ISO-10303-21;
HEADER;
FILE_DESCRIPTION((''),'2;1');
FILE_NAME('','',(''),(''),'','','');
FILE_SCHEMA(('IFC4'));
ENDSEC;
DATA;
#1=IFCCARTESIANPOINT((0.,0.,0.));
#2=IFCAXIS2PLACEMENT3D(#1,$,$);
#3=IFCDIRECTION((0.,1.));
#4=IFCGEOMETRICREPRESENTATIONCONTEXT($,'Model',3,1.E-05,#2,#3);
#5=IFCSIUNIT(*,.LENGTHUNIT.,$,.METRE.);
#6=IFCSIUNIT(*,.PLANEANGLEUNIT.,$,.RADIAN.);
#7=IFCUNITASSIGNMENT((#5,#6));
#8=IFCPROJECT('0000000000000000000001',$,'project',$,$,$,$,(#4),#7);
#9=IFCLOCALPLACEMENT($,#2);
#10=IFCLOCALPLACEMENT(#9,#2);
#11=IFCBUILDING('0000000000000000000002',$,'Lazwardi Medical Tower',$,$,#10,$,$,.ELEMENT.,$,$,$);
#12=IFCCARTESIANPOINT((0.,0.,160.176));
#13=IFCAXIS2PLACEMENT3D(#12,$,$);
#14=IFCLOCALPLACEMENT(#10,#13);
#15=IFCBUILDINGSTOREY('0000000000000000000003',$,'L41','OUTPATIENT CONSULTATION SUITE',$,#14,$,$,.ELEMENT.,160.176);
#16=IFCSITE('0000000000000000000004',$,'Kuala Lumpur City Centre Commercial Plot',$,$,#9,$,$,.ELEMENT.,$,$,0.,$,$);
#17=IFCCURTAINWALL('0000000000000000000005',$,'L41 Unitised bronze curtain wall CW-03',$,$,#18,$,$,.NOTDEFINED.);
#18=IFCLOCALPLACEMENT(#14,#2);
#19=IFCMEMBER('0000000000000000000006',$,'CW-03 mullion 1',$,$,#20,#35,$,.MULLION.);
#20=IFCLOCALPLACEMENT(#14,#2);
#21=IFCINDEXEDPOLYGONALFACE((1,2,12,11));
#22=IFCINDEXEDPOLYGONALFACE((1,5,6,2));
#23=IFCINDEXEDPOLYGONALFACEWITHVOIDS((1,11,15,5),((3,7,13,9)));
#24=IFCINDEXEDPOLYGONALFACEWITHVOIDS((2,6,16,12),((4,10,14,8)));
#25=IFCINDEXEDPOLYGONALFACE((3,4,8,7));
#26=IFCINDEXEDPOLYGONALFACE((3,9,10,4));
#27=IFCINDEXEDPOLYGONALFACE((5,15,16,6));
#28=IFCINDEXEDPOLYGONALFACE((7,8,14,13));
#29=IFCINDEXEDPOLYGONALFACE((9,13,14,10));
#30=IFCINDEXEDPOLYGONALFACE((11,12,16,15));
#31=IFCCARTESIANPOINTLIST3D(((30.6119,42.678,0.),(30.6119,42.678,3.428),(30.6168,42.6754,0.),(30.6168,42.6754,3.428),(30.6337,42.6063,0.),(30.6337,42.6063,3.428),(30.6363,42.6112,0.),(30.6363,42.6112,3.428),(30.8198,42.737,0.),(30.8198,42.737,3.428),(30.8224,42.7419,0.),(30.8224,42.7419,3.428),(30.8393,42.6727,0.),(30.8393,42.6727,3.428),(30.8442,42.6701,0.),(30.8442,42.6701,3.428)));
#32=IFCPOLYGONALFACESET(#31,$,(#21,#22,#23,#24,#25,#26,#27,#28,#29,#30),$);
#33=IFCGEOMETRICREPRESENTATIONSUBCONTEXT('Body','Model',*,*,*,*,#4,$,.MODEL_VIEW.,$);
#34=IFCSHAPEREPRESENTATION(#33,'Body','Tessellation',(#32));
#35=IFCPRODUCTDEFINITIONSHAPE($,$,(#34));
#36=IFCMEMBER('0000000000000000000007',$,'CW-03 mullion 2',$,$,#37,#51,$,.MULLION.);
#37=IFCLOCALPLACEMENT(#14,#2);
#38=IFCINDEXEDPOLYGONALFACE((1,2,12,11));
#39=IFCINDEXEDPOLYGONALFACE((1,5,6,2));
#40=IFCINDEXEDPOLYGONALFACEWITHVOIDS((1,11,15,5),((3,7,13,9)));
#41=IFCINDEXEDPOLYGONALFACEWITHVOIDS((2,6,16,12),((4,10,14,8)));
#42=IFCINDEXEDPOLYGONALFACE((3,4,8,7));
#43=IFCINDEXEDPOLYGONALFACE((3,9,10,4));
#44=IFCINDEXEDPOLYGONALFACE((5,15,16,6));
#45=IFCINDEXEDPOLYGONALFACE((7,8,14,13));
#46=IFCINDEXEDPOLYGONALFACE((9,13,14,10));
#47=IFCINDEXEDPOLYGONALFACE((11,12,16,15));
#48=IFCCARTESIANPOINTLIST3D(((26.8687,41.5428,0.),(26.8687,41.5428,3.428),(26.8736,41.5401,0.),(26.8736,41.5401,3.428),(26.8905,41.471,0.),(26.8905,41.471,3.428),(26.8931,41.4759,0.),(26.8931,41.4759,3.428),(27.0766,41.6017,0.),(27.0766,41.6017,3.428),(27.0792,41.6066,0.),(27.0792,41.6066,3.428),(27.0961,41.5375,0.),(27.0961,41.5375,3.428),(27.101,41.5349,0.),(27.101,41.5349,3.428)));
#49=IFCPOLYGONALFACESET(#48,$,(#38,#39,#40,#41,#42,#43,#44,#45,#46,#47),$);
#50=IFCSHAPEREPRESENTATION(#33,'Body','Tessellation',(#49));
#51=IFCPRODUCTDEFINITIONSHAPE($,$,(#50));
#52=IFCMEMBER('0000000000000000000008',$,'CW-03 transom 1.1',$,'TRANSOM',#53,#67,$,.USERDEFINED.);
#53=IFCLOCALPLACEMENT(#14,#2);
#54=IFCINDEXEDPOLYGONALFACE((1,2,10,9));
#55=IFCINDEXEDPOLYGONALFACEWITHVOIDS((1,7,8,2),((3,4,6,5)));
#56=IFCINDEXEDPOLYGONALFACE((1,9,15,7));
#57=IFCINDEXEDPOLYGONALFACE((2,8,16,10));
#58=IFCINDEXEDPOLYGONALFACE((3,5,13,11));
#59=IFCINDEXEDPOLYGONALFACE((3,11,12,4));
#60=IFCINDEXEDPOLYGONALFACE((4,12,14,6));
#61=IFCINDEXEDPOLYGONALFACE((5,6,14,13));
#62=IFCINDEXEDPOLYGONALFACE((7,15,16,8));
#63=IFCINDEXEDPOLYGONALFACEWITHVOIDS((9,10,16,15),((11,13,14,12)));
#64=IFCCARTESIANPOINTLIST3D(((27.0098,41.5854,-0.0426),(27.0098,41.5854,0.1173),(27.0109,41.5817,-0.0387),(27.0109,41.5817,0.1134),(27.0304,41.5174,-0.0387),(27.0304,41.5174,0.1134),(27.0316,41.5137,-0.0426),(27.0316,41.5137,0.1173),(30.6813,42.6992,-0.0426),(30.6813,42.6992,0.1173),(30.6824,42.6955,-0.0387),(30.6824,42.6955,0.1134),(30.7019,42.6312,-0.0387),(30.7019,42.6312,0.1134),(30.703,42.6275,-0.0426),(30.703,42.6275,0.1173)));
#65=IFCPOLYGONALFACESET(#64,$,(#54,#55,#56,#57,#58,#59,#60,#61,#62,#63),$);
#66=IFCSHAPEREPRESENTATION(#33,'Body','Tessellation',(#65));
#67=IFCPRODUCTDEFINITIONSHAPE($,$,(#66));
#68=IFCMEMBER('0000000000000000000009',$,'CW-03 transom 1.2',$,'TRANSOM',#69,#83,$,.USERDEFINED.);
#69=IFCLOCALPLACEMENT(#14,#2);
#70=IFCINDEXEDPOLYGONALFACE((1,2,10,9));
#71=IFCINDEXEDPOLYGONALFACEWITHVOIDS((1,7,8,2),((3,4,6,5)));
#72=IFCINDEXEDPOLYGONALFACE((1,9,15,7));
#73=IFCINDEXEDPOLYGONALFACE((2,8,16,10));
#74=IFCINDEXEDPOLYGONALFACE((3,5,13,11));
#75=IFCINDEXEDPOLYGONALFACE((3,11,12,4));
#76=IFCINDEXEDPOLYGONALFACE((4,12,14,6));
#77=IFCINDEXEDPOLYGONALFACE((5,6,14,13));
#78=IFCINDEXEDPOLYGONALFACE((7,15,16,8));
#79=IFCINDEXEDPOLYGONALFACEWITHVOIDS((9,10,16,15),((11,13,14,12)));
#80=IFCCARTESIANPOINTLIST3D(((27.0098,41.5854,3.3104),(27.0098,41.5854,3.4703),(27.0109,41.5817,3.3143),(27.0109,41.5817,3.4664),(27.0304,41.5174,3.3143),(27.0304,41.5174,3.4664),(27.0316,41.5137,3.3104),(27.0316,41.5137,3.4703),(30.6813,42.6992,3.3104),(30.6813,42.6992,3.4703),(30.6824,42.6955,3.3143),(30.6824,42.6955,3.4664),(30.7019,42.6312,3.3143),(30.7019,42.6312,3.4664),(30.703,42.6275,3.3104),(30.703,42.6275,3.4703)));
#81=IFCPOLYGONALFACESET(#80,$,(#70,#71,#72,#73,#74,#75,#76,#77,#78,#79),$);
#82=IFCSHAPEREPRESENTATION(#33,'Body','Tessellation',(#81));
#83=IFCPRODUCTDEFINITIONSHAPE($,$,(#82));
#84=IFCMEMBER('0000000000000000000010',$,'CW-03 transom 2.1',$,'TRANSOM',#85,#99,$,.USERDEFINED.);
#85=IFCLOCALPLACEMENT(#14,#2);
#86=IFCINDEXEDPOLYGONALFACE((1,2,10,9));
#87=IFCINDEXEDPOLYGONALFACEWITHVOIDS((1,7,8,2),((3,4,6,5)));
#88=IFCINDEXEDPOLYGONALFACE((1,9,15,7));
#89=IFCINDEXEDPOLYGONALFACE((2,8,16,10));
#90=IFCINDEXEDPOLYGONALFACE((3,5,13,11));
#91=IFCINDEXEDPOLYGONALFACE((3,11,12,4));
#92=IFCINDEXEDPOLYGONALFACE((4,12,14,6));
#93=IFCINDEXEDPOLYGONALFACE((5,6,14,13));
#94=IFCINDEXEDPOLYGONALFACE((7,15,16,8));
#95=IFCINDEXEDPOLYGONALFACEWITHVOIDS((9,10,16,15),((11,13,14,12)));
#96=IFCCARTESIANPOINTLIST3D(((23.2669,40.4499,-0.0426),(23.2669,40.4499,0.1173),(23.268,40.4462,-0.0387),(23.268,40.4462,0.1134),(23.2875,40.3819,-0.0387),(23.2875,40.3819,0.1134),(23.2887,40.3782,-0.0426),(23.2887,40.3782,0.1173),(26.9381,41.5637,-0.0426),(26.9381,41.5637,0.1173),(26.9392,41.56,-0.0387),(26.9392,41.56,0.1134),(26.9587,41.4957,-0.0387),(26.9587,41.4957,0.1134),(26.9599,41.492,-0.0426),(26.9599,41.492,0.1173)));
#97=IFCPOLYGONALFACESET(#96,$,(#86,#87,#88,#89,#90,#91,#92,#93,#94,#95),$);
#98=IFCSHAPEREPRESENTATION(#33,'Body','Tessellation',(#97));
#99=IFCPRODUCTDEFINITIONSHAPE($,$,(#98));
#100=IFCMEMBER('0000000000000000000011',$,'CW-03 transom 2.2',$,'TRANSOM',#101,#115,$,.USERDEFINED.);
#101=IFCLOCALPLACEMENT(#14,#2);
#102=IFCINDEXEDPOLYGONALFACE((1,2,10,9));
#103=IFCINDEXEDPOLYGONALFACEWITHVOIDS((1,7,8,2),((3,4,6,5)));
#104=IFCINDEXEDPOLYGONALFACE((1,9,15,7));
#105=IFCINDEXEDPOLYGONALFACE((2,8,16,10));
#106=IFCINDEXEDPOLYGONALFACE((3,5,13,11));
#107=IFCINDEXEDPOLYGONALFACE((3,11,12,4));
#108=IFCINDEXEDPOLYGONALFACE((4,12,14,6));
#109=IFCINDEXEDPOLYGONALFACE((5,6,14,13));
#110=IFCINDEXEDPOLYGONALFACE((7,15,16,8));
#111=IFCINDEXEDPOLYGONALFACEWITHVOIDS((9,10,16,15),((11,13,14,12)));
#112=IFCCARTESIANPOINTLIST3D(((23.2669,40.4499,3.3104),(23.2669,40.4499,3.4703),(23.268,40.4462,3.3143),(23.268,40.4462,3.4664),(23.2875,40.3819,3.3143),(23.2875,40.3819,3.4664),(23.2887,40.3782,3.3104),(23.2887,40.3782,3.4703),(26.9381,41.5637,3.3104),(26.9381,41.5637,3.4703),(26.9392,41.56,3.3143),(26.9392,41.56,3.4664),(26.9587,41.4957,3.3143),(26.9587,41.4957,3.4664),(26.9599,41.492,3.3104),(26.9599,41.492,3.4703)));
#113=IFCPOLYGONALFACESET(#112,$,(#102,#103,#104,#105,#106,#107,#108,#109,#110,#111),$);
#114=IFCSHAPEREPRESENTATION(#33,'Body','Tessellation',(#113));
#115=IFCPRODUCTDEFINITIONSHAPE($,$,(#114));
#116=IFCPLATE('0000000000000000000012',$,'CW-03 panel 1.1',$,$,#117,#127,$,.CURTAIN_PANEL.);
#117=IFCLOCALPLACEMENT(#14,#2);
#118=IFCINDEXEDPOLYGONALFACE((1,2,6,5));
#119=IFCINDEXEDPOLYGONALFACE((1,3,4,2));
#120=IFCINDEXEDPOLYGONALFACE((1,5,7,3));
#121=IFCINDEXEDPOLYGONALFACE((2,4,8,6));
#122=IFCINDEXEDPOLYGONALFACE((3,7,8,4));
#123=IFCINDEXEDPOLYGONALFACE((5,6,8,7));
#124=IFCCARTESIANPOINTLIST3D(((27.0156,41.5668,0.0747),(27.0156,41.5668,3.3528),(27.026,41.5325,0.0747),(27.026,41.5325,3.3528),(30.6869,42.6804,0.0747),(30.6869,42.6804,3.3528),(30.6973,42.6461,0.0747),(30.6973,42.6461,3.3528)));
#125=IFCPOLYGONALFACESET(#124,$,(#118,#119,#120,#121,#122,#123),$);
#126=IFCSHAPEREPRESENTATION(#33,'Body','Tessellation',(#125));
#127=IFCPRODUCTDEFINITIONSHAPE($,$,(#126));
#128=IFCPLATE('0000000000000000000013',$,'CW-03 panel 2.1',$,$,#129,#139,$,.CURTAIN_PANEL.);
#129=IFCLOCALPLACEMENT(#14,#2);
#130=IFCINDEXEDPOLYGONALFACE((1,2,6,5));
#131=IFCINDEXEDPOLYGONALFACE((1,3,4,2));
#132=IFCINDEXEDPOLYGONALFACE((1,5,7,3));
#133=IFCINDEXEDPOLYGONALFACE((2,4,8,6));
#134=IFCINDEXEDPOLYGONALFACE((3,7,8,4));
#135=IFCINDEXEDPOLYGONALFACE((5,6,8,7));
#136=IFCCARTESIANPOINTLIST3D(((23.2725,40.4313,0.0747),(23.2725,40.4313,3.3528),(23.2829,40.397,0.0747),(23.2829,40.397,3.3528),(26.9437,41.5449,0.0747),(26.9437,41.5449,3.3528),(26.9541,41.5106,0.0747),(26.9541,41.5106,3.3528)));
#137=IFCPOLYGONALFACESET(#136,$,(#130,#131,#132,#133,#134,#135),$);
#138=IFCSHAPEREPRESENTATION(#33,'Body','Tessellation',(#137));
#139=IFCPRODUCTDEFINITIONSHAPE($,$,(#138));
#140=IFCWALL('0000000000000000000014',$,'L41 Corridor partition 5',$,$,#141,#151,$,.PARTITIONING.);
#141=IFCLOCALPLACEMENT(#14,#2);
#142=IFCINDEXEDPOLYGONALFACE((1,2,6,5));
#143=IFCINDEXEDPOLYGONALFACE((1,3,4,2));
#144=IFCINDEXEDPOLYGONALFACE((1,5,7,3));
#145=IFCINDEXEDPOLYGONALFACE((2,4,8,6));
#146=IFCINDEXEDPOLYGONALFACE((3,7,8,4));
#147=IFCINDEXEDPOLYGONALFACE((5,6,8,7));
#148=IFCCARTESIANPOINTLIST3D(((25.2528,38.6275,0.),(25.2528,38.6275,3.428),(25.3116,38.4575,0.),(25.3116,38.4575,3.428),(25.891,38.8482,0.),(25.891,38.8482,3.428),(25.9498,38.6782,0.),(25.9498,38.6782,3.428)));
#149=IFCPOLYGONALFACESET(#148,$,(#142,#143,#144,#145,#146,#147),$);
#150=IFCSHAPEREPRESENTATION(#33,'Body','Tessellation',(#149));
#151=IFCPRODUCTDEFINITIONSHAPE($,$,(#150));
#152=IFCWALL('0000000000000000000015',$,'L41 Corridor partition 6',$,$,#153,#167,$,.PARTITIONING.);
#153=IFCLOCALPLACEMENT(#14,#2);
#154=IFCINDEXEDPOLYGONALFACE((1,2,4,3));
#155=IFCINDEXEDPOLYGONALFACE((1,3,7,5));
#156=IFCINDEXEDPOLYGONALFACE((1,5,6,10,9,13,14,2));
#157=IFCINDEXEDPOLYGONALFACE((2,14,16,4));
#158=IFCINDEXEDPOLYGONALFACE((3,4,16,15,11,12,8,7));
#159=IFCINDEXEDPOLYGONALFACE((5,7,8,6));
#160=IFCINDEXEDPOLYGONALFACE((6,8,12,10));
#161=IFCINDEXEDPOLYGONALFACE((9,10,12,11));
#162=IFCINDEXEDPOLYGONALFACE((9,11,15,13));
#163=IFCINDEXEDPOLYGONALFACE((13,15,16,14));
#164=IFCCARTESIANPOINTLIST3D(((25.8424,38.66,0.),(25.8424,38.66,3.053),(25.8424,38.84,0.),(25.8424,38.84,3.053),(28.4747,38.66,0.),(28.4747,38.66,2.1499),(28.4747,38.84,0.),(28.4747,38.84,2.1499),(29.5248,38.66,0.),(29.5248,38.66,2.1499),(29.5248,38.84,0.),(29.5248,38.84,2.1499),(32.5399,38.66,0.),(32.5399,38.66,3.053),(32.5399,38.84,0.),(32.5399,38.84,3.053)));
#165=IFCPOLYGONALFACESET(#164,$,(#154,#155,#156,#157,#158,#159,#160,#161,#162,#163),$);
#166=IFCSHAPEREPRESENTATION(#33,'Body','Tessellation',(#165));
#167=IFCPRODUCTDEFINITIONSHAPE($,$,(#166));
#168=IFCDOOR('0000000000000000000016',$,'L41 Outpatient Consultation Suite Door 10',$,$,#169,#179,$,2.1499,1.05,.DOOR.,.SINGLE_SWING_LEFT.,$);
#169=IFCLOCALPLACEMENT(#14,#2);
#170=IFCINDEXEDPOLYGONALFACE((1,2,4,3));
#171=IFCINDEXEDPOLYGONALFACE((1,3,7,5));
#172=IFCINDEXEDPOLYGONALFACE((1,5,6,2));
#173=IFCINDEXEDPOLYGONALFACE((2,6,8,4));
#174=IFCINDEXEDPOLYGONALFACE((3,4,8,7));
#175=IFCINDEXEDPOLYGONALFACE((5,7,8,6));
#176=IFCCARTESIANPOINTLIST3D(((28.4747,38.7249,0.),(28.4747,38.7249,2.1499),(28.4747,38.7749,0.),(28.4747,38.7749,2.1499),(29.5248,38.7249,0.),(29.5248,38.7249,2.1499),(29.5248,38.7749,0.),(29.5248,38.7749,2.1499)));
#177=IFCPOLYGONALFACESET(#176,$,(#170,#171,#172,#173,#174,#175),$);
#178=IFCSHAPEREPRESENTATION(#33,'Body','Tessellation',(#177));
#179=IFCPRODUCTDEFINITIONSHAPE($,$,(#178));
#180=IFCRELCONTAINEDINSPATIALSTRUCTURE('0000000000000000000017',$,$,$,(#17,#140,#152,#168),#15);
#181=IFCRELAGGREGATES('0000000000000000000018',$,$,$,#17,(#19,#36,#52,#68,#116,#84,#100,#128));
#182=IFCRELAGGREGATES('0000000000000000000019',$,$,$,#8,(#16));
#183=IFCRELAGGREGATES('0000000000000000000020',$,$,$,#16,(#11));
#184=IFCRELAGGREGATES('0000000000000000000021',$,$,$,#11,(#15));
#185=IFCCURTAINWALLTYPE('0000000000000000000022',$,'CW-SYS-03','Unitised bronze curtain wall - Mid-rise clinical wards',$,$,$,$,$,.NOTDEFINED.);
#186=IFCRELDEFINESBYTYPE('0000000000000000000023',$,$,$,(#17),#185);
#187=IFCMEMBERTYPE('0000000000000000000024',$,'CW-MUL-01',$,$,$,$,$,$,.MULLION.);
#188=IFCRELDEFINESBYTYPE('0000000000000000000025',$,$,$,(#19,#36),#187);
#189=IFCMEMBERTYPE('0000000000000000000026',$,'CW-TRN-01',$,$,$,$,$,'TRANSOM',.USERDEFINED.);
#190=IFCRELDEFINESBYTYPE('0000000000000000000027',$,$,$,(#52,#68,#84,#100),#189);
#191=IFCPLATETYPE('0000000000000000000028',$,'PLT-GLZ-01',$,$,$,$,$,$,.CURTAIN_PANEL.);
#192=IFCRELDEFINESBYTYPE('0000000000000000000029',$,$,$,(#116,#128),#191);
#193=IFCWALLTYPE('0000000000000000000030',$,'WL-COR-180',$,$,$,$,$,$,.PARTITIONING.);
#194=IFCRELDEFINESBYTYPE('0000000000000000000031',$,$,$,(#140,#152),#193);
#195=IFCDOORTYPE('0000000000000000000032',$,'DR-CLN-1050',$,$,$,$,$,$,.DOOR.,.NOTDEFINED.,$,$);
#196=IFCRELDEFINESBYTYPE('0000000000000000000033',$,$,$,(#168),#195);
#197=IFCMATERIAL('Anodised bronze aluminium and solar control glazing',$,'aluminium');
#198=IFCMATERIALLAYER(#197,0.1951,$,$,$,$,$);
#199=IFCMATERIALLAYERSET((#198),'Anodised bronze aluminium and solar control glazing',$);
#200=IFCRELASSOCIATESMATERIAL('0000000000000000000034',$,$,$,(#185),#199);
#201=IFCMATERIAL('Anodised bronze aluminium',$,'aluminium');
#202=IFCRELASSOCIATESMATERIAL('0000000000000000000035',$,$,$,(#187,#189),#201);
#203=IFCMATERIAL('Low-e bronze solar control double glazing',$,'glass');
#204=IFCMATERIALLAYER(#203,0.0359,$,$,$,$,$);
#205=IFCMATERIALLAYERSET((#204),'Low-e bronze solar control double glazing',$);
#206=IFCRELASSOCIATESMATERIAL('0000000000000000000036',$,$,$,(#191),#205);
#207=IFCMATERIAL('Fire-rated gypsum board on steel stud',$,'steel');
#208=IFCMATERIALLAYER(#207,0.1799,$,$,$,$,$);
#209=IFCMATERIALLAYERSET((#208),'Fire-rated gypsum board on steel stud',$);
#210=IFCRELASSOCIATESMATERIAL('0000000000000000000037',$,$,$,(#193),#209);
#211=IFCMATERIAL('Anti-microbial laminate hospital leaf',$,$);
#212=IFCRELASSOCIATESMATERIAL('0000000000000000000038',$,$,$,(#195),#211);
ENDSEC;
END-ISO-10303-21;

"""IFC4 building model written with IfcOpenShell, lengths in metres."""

from ifc_helpers import new_model, si_unit, direction, frame, frame_2d, origin, origin_2d, place, context, subcontext, project, spatial, rectangle, hollow_rectangle, extrude, material, layer, layer_set, material_profile, profile_set, type_object, element, fill, aggregate, save


model = new_model("IFC4")

# Units and contexts
model_context = context("Model", 3, precision=1e-05, world=origin(), true_north=direction((0.0, 1.0)))
body_context = subcontext(model_context, "Body", "Model", "MODEL_VIEW")
ifc_project = project(units=[si_unit("LENGTHUNIT", "METRE"), si_unit("PLANEANGLEUNIT", "RADIAN")], contexts=[model_context])

# Site, building, storey
site_placement = place(None, origin())
site = spatial("IfcSite", under=ifc_project, at=site_placement, Name="Kuala Lumpur City Centre Commercial Plot", CompositionType="ELEMENT", RefElevation=0.0)
building_placement = place(site_placement, origin())
building = spatial("IfcBuilding", under=site, at=building_placement, Name="Lazwardi Medical Tower", CompositionType="ELEMENT")
storey_placement = place(building_placement, frame((0.0, 0.0, 160.176)))
storey = spatial("IfcBuildingStorey", under=building, at=storey_placement, Name="L41", Description="OUTPATIENT CONSULTATION SUITE", CompositionType="ELEMENT", Elevation=160.176)

# Curtain wall, members, plates
ifc_material_1 = material(Name="Anodised bronze aluminium and solar control glazing", Category="aluminium")
ifc_layer_1 = layer(ifc_material_1, 0.1951)
ifc_layer_set_1 = layer_set([ifc_layer_1], Name="Anodised bronze aluminium and solar control glazing")
curtain_wall_type = type_object("IfcCurtainWallType", Name="CW-SYS-03", Description="Unitised bronze curtain wall - Mid-rise clinical wards", PredefinedType="NOTDEFINED", material=ifc_layer_set_1)
curtain_wall_placement = place(storey_placement, origin())
curtain_wall = element("IfcCurtainWall", 1, at=curtain_wall_placement, inside=storey, type_object=curtain_wall_type, Name="L41 Unitised bronze curtain wall CW-03", PredefinedType="NOTDEFINED")
ifc_material_2 = material(Name="Anodised bronze aluminium", Category="aluminium")
ifc_material_profile_1 = material_profile(ifc_material_2, hollow_rectangle(XDim=0.075, YDim=0.22, WallThickness=0.0039, at=origin_2d()), Name="ALU-MULLION 220x75x4")
ifc_profile_set_1 = profile_set([ifc_material_profile_1], Name="Anodised bronze aluminium")
member_type_1 = type_object("IfcMemberType", Name="CW-MUL-01", PredefinedType="MULLION", material=ifc_profile_set_1)
member_1_placement = place(storey_placement, frame((30.728, 42.6741, 0.0), z_axis=(0.0, 0.0, 1.0), x_axis=(0.290281, -0.956942, 0.0)))
member_1 = element("IfcMember", 2, at=member_1_placement, type_object=member_type_1, Name="CW-03 mullion 1", PredefinedType="MULLION", context=body_context, shape_type="SweptSolid", body=[
    extrude(hollow_rectangle(XDim=0.075, YDim=0.22, WallThickness=0.0039, at=origin_2d()), origin(), (0.0, 0.0, 1.0), 3.428),
])
member_2_placement = place(storey_placement, frame((26.9849, 41.5388, 0.0), z_axis=(0.0, 0.0, 1.0), x_axis=(0.290281, -0.956942, 0.0)))
member_2 = element("IfcMember", 3, at=member_2_placement, type_object=member_type_1, Name="CW-03 mullion 2", PredefinedType="MULLION", context=body_context, shape_type="SweptSolid", body=[
    extrude(hollow_rectangle(XDim=0.075, YDim=0.22, WallThickness=0.0039, at=origin_2d()), origin(), (0.0, 0.0, 1.0), 3.428),
])
ifc_material_profile_2 = material_profile(ifc_material_2, hollow_rectangle(XDim=0.075, YDim=0.1599, WallThickness=0.0039, at=origin_2d()), Name="ALU-TRANSOM 160x75x4")
ifc_profile_set_2 = profile_set([ifc_material_profile_2], Name="Anodised bronze aluminium")
member_type_2 = type_object("IfcMemberType", Name="CW-TRN-01", ElementType="TRANSOM", PredefinedType="USERDEFINED", material=ifc_profile_set_2)
member_3_placement = place(storey_placement, frame((30.6921, 42.6633, 0.0374), z_axis=(-0.956936, -0.290301, 0.0), x_axis=(0.290301, -0.956936, 0.0)))
member_3 = element("IfcMember", 4, at=member_3_placement, type_object=member_type_2, Name="CW-03 transom 1.1", ObjectType="TRANSOM", PredefinedType="USERDEFINED", context=body_context, shape_type="SweptSolid", body=[
    extrude(hollow_rectangle(XDim=0.075, YDim=0.1599, WallThickness=0.0039, at=origin_2d()), origin(), (0.0, 0.0, 1.0), 3.8367),
])
member_4_placement = place(storey_placement, frame((30.6921, 42.6633, 3.3904), z_axis=(-0.956936, -0.290301, 0.0), x_axis=(0.290301, -0.956936, 0.0)))
member_4 = element("IfcMember", 5, at=member_4_placement, type_object=member_type_2, Name="CW-03 transom 1.2", ObjectType="TRANSOM", PredefinedType="USERDEFINED", context=body_context, shape_type="SweptSolid", body=[
    extrude(hollow_rectangle(XDim=0.075, YDim=0.1599, WallThickness=0.0039, at=origin_2d()), origin(), (0.0, 0.0, 1.0), 3.8367),
])
member_5_placement = place(storey_placement, frame((26.949, 41.5278, 0.0374), z_axis=(-0.95693, -0.290318, 0.0), x_axis=(0.290318, -0.95693, 0.0)))
member_5 = element("IfcMember", 6, at=member_5_placement, type_object=member_type_2, Name="CW-03 transom 2.1", ObjectType="TRANSOM", PredefinedType="USERDEFINED", context=body_context, shape_type="SweptSolid", body=[
    extrude(hollow_rectangle(XDim=0.075, YDim=0.1599, WallThickness=0.0039, at=origin_2d()), origin(), (0.0, 0.0, 1.0), 3.8364),
])
member_6_placement = place(storey_placement, frame((26.949, 41.5278, 3.3904), z_axis=(-0.95693, -0.290318, 0.0), x_axis=(0.290318, -0.95693, 0.0)))
member_6 = element("IfcMember", 7, at=member_6_placement, type_object=member_type_2, Name="CW-03 transom 2.2", ObjectType="TRANSOM", PredefinedType="USERDEFINED", context=body_context, shape_type="SweptSolid", body=[
    extrude(hollow_rectangle(XDim=0.075, YDim=0.1599, WallThickness=0.0039, at=origin_2d()), origin(), (0.0, 0.0, 1.0), 3.8364),
])
ifc_material_3 = material(Name="Low-e bronze solar control double glazing", Category="glass")
ifc_layer_2 = layer(ifc_material_3, 0.0359)
ifc_layer_set_2 = layer_set([ifc_layer_2], Name="Low-e bronze solar control double glazing")
plate_type = type_object("IfcPlateType", Name="PLT-GLZ-01", PredefinedType="CURTAIN_PANEL", material=ifc_layer_set_2)
plate_1_placement = place(storey_placement, frame((28.8564, 42.1064, 0.0747), z_axis=(0.0, 0.0, 1.0), x_axis=(-0.956942, -0.290281, 0.0)))
plate_1 = element("IfcPlate", 8, at=plate_1_placement, type_object=plate_type, Name="CW-03 panel 1.1", PredefinedType="CURTAIN_PANEL", context=body_context, shape_type="SweptSolid", body=[
    extrude(rectangle(XDim=3.8364, YDim=0.0359, at=origin_2d()), origin(), (0.0, 0.0, 1.0), 3.2781),
])
plate_2_placement = place(storey_placement, frame((25.1133, 40.9709, 0.0747), z_axis=(0.0, 0.0, 1.0), x_axis=(-0.956942, -0.290281, 0.0)))
plate_2 = element("IfcPlate", 9, at=plate_2_placement, type_object=plate_type, Name="CW-03 panel 2.1", PredefinedType="CURTAIN_PANEL", context=body_context, shape_type="SweptSolid", body=[
    extrude(rectangle(XDim=3.8364, YDim=0.0359, at=origin_2d()), origin(), (0.0, 0.0, 1.0), 3.2781),
])
aggregate(curtain_wall, [member_1, member_2, member_3, member_4, plate_1, member_5, member_6, plate_2])

# Wall
ifc_material_4 = material(Name="Fire-rated gypsum board on steel stud", Category="steel")
ifc_layer_3 = layer(ifc_material_4, 0.1799)
ifc_layer_set_3 = layer_set([ifc_layer_3], Name="Fire-rated gypsum board on steel stud")
wall_type_1 = type_object("IfcWallType", Name="WL-COR-180", PredefinedType="PARTITIONING", material=ifc_layer_set_3)
wall_1_placement = place(storey_placement, frame((25.2822, 38.5425, 0.0), z_axis=(0.0, 0.0, 1.0), x_axis=(0.945081, 0.326837, 0.0)))
element("IfcWall", 10, at=wall_1_placement, inside=storey, type_object=wall_type_1, Name="L41 Corridor partition 5", PredefinedType="PARTITIONING", context=body_context, shape_type="SweptSolid", body=[
    extrude(rectangle(XDim=0.6753, YDim=0.1799, at=frame_2d((0.3376, 0.0))), origin(), (0.0, 0.0, 1.0), 3.428),
])

# Wall, opening, door
wall_2_placement = place(storey_placement, frame((25.8425, 38.75, 0.0), z_axis=(0.0, 0.0, 1.0), x_axis=(1.0, 0.0, 0.0)))
wall_2 = element("IfcWall", 11, at=wall_2_placement, inside=storey, type_object=wall_type_1, Name="L41 Corridor partition 6", PredefinedType="PARTITIONING", context=body_context, shape_type="SweptSolid", body=[
    extrude(rectangle(XDim=6.6975, YDim=0.1799, at=frame_2d((3.3486, 0.0))), origin(), (0.0, 0.0, 1.0), 3.053),
])
opening_1_placement = place(wall_2_placement, frame((2.6323, 0.0, 0.0)))
opening_1 = element("IfcOpeningElement", 12, at=opening_1_placement, cuts=wall_2, PredefinedType="OPENING", context=body_context, shape_type="SweptSolid", body=[
    extrude(rectangle(XDim=1.05, YDim=2.1499, at=frame_2d((0.5249, 1.075))), frame((0.0, 0.0999, 0.0), z_axis=(0.0, -1.0, 0.0), x_axis=(1.0, 0.0, 0.0)), (0.0, 0.0, 1.0), 0.2),
])
ifc_material_5 = material(Name="Anti-microbial laminate hospital leaf")
door_type = type_object("IfcDoorType", Name="DR-CLN-1050", OperationType="NOTDEFINED", PredefinedType="DOOR", material=ifc_material_5)
door_1_placement = place(opening_1_placement, origin())
door_1 = element("IfcDoor", 13, at=door_1_placement, inside=storey, type_object=door_type, Name="L41 Outpatient Consultation Suite Door 10", OperationType="SINGLE_SWING_LEFT", OverallHeight=2.1499, OverallWidth=1.05, PredefinedType="DOOR", context=body_context, shape_type="SweptSolid", body=[
    extrude(rectangle(XDim=1.05, YDim=2.1499, at=frame_2d((0.5249, 1.075))), frame((0.0, 0.0249, 0.0), z_axis=(0.0, -1.0, 0.0), x_axis=(1.0, 0.0, 0.0)), (0.0, 0.0, 1.0), 0.05),
])
fill(opening_1, door_1)

save(model, "model.ifc")
